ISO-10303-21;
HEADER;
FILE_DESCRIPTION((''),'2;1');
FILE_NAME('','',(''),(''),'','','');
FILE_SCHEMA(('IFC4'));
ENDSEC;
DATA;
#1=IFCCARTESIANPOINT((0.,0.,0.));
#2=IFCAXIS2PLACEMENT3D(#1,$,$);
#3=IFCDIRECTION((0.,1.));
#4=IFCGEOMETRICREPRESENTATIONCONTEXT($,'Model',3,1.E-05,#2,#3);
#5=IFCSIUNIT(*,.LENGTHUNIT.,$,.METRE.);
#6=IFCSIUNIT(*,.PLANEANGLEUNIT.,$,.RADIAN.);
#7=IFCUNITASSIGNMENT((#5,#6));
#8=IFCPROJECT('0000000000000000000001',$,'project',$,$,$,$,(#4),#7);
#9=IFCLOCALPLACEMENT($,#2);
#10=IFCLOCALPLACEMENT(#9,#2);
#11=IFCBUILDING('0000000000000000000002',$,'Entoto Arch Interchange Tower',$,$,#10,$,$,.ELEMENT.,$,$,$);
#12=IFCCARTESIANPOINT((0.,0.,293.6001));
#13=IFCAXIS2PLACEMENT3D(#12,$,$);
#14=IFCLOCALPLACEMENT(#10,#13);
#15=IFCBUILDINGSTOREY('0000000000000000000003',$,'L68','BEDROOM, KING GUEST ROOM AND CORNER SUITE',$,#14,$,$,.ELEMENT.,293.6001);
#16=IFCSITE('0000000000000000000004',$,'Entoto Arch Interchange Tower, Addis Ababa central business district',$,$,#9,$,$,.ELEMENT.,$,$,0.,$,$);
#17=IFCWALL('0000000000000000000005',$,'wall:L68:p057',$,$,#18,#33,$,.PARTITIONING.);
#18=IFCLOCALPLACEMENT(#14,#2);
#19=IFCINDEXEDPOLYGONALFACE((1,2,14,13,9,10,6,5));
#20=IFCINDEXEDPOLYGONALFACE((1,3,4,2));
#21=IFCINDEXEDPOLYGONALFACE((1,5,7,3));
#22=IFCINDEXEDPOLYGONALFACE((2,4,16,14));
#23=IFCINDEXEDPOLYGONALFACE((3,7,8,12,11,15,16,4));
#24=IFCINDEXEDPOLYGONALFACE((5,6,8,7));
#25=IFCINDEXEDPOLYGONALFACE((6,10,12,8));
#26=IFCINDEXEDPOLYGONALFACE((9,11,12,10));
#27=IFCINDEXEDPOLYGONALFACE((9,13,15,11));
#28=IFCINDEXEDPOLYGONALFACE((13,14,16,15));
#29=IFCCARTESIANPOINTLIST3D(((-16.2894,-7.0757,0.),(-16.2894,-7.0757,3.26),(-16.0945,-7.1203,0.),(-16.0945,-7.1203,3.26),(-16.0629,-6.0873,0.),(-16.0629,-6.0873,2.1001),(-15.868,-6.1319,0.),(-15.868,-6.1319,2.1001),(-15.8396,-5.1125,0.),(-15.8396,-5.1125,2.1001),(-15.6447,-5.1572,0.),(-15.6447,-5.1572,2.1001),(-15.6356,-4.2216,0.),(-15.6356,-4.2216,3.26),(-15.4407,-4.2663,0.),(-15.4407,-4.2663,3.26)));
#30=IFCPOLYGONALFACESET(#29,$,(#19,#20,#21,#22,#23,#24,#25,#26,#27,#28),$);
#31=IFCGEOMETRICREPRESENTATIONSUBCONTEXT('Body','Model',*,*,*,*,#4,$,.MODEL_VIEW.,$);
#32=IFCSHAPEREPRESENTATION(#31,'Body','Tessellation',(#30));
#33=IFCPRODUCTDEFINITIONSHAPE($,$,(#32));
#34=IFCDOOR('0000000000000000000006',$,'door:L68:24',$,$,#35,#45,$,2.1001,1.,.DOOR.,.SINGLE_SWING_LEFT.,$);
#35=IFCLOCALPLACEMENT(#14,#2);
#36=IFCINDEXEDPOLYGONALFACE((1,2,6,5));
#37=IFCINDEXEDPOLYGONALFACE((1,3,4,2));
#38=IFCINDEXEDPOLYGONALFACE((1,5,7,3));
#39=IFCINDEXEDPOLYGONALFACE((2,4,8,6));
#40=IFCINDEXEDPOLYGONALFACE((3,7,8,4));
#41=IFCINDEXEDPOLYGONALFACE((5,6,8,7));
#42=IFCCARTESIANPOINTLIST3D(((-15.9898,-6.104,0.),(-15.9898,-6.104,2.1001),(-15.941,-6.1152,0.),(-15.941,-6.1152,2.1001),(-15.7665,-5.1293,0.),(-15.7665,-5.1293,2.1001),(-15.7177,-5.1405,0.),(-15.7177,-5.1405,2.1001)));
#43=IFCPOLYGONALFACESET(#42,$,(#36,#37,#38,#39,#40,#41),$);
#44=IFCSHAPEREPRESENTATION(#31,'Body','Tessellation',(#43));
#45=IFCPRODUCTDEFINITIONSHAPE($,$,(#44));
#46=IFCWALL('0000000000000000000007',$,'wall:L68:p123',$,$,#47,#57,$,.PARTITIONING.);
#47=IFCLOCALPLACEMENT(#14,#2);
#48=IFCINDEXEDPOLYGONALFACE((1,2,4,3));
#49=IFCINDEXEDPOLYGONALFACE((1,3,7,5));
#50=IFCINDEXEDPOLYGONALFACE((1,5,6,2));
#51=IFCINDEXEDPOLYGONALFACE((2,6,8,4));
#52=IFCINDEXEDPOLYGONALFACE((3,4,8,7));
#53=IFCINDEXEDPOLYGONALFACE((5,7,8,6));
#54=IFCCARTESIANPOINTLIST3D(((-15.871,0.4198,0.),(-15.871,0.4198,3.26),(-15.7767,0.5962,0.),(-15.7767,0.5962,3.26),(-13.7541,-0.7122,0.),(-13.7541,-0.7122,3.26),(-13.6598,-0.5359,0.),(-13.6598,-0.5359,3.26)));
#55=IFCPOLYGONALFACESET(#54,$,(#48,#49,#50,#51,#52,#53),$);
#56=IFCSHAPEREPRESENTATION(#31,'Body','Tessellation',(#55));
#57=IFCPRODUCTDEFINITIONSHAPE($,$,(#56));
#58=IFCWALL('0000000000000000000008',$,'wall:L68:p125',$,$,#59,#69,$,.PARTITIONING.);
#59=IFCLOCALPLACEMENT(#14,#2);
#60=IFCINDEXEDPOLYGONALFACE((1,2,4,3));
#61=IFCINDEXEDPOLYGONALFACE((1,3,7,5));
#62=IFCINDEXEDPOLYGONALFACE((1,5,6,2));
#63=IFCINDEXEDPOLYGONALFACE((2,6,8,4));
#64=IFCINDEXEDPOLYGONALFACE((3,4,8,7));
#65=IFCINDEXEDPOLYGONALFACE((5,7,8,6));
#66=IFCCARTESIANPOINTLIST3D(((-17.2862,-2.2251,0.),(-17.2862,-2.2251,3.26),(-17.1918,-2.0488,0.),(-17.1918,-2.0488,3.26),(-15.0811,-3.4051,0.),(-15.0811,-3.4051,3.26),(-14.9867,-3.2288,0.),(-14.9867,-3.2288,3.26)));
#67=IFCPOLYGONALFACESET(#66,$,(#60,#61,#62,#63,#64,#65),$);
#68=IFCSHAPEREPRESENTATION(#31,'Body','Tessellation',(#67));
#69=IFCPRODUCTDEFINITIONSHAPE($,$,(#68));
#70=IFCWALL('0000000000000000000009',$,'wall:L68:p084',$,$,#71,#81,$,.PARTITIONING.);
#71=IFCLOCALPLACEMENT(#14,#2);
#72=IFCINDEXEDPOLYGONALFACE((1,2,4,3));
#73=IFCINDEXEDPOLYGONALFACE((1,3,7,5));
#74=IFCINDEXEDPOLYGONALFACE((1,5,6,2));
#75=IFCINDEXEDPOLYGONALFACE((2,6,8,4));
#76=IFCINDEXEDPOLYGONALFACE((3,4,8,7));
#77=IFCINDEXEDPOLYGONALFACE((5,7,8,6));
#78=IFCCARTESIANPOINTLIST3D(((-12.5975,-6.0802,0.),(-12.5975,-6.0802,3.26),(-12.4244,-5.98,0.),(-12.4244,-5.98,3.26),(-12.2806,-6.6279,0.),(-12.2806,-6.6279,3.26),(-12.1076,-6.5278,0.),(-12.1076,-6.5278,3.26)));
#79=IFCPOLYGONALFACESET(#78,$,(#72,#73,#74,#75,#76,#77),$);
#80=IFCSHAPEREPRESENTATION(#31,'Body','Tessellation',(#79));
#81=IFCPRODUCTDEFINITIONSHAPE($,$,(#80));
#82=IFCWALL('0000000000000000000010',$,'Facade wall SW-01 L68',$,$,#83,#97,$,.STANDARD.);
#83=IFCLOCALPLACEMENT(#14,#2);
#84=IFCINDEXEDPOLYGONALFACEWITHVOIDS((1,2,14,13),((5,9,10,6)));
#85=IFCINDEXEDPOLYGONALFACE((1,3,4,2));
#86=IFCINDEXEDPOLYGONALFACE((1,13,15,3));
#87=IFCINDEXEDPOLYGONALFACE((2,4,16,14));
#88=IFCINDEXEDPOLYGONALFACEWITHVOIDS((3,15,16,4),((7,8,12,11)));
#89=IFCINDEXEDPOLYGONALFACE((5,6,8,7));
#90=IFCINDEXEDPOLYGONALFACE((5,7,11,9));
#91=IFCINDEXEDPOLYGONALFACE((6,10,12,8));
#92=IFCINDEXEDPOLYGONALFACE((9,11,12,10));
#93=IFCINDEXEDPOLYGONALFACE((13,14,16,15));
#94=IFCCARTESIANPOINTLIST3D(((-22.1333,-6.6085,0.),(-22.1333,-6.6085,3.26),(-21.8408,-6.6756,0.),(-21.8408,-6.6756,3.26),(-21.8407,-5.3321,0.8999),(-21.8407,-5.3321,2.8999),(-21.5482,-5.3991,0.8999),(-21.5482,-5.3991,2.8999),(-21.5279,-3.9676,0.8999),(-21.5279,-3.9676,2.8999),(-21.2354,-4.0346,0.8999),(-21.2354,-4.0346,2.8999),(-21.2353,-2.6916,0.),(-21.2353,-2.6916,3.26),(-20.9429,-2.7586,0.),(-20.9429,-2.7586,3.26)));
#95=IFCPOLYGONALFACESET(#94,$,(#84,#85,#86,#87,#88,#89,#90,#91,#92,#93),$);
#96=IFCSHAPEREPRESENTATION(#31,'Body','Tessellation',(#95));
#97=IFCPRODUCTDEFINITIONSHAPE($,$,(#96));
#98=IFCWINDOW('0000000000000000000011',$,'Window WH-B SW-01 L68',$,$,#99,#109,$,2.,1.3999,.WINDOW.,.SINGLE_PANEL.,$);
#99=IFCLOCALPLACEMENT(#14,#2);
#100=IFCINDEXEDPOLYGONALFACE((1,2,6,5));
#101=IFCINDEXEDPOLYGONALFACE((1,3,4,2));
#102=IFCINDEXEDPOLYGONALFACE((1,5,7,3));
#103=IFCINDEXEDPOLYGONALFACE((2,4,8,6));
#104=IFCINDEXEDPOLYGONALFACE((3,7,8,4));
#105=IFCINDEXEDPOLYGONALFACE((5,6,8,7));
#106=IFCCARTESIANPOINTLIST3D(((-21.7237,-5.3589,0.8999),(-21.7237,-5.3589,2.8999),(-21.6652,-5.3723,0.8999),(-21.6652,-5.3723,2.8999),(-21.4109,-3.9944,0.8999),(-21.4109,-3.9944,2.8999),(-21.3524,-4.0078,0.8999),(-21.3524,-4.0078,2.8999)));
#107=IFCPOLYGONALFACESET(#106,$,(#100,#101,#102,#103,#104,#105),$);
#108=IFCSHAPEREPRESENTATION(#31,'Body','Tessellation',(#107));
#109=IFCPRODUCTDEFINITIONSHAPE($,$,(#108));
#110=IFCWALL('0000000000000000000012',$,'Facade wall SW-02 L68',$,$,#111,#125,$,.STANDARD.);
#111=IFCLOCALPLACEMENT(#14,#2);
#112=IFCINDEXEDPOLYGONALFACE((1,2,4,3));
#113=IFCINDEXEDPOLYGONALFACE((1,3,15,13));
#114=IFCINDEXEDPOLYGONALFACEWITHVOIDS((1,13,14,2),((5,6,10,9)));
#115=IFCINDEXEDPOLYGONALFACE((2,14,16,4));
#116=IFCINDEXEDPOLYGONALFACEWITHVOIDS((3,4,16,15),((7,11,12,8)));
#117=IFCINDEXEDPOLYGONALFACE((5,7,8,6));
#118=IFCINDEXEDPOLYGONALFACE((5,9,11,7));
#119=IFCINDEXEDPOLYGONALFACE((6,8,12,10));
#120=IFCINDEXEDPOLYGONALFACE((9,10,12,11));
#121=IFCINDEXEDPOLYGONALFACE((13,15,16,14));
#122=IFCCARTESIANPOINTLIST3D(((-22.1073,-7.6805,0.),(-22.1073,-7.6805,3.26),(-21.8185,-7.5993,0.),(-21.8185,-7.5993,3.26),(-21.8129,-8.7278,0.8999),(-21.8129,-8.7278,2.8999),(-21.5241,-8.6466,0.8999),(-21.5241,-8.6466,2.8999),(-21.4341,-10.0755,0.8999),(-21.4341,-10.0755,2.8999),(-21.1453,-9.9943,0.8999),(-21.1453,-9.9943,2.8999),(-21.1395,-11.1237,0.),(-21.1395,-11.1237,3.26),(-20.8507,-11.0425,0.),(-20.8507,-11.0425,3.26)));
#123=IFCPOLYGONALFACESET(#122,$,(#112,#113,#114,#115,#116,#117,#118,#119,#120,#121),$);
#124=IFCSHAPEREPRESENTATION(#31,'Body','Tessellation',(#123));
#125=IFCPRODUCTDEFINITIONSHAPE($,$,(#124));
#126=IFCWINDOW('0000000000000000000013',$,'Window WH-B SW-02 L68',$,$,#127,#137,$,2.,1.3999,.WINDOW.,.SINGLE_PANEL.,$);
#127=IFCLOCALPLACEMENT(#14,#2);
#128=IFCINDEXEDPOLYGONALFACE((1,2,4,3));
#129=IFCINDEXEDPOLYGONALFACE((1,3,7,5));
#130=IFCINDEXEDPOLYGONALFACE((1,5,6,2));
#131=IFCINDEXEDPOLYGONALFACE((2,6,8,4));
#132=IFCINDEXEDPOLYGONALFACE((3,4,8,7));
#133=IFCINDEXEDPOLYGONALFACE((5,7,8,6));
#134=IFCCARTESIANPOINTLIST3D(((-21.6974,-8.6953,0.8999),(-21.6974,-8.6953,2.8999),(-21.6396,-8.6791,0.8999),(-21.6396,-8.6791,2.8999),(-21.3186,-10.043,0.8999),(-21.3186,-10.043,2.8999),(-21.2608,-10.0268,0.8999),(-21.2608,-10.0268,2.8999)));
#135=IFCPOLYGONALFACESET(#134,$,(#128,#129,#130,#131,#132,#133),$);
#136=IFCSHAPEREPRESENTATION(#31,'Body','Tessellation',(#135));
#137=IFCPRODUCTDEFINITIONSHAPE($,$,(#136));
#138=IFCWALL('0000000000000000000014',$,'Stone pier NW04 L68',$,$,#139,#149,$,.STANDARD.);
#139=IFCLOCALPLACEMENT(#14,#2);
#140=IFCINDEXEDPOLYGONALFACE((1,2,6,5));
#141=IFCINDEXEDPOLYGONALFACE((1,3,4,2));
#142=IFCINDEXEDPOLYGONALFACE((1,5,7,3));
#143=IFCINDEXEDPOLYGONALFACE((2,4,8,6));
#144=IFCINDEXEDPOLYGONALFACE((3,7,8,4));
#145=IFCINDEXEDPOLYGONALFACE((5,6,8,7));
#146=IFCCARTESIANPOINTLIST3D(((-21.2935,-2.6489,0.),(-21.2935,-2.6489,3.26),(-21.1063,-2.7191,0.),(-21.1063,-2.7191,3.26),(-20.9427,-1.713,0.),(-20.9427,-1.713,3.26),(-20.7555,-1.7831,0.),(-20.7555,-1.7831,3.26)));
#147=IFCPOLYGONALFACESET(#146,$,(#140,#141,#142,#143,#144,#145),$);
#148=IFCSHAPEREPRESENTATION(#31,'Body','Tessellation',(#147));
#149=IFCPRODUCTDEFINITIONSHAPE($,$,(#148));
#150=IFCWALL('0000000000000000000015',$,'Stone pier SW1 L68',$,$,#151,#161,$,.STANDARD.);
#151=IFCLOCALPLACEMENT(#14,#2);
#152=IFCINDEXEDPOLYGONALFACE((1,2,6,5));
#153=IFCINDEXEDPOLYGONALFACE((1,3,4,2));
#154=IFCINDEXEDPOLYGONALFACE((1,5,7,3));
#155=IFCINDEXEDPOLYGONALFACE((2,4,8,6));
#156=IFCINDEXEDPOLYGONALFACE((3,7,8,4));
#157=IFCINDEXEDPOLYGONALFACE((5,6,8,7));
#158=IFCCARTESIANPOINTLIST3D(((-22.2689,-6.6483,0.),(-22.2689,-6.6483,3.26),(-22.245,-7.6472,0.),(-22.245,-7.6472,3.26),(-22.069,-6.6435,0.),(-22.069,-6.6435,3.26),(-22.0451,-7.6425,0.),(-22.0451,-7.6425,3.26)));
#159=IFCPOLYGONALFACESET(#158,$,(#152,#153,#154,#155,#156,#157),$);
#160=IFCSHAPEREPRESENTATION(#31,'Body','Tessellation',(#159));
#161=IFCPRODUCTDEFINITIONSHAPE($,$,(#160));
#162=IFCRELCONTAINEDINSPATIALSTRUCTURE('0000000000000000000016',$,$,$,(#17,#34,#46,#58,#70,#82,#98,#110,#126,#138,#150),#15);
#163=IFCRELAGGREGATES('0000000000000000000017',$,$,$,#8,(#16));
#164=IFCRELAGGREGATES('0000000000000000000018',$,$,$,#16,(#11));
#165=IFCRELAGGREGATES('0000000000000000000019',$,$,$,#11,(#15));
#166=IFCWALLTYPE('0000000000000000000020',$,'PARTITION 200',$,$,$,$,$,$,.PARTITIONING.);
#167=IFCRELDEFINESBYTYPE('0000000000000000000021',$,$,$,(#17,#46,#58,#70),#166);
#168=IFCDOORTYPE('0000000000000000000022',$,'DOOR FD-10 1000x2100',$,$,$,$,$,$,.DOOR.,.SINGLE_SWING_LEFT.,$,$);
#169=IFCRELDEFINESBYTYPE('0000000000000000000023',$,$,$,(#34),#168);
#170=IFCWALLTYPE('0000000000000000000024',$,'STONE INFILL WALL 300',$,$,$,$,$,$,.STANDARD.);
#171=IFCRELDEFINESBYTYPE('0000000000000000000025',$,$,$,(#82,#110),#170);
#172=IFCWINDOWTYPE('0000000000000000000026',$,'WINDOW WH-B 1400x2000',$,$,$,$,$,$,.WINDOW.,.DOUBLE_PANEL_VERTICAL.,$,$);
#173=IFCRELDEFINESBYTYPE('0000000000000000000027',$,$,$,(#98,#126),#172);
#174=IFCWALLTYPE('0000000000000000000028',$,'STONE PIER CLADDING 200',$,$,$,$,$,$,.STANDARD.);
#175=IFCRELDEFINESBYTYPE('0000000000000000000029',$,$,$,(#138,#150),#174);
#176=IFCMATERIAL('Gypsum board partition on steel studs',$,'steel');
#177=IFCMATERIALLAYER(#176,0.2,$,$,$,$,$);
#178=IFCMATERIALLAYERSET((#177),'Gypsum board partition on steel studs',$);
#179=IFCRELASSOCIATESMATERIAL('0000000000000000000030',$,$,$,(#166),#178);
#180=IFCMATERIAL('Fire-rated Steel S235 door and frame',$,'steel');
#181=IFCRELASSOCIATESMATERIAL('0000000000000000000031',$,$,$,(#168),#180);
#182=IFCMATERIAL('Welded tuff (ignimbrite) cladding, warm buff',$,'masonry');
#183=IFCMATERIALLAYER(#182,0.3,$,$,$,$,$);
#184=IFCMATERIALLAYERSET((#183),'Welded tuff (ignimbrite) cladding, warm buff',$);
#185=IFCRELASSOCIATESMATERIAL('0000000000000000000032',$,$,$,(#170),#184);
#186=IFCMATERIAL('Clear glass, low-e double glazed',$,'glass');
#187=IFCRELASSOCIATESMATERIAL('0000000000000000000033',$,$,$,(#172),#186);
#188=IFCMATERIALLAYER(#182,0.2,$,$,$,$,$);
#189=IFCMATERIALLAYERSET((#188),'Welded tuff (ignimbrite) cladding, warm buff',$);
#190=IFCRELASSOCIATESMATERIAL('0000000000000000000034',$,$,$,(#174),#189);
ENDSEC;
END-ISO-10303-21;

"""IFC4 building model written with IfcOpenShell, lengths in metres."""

from ifc_helpers import new_model, si_unit, direction, frame, frame_2d, origin, place, context, subcontext, project, spatial, rectangle, extrude, material, layer, layer_set, type_object, element, fill, save


model = new_model("IFC4")

# Units and contexts
model_context = context("Model", 3, precision=1e-05, world=origin(), true_north=direction((0.0, 1.0)))
body_context = subcontext(model_context, "Body", "Model", "MODEL_VIEW")
ifc_project = project(units=[si_unit("LENGTHUNIT", "METRE"), si_unit("PLANEANGLEUNIT", "RADIAN")], contexts=[model_context])

# Site, building, storey
site_placement = place(None, origin())
site = spatial("IfcSite", under=ifc_project, at=site_placement, Name="Entoto Arch Interchange Tower, Addis Ababa central business district", CompositionType="ELEMENT", RefElevation=0.0)
building_placement = place(site_placement, origin())
building = spatial("IfcBuilding", under=site, at=building_placement, Name="Entoto Arch Interchange Tower", CompositionType="ELEMENT")
storey_placement = place(building_placement, frame((0.0, 0.0, 293.6001)))
storey = spatial("IfcBuildingStorey", under=building, at=storey_placement, Name="L68", Description="BEDROOM, KING GUEST ROOM AND CORNER SUITE", CompositionType="ELEMENT", Elevation=293.6001)

# Shared definitions
ifc_material_1 = material(Name="Gypsum board partition on steel studs", Category="steel")
ifc_layer_1 = layer(ifc_material_1, 0.2)
ifc_layer_set_1 = layer_set([ifc_layer_1], Name="Gypsum board partition on steel studs")
wall_type_1 = type_object("IfcWallType", Name="PARTITION 200", PredefinedType="PARTITIONING", material=ifc_layer_set_1)

# Shared definitions
ifc_material_2 = material(Name="Fire-rated Steel S235 door and frame", Category="steel")
door_type = type_object("IfcDoorType", Name="DOOR FD-10 1000x2100", OperationType="SINGLE_SWING_LEFT", PredefinedType="DOOR", material=ifc_material_2)

# Wall, opening, door
wall_1_placement = place(storey_placement, frame((-16.1919, -7.0979, 0.0), z_axis=(0.0, 0.0, 1.0), x_axis=(0.2233, 0.97475, 0.0)))
wall_1 = element("IfcWall", 1, at=wall_1_placement, inside=storey, type_object=wall_type_1, Name="wall:L68:p057", PredefinedType="PARTITIONING", context=body_context, shape_type="SweptSolid", body=[
    extrude(rectangle(XDim=2.928, YDim=0.2, at=frame_2d((1.4639, 0.0))), origin(), (0.0, 0.0, 1.0), 3.26),
])
opening_1_placement = place(wall_1_placement, frame((1.0139, 0.0, 0.0)))
opening_1 = element("IfcOpeningElement", 2, at=opening_1_placement, cuts=wall_1, PredefinedType="OPENING", context=body_context, shape_type="SweptSolid", body=[
    extrude(rectangle(XDim=1.0, YDim=2.1001, at=frame_2d((0.5, 1.05))), frame((0.0, 0.1099, 0.0), z_axis=(0.0, -1.0, 0.0), x_axis=(1.0, 0.0, 0.0)), (0.0, 0.0, 1.0), 0.22),
])
door_1_placement = place(opening_1_placement, origin())
door_1 = element("IfcDoor", 3, at=door_1_placement, inside=storey, type_object=door_type, Name="door:L68:24", OperationType="SINGLE_SWING_LEFT", OverallHeight=2.1001, OverallWidth=1.0, PredefinedType="DOOR", context=body_context, shape_type="SweptSolid", body=[
    extrude(rectangle(XDim=1.0, YDim=2.1001, at=frame_2d((0.5, 1.05))), frame((0.0, 0.0249, 0.0), z_axis=(0.0, -1.0, 0.0), x_axis=(1.0, 0.0, 0.0)), (0.0, 0.0, 1.0), 0.05),
])
fill(opening_1, door_1)

# Walls
wall_2_placement = place(storey_placement, frame((-13.707, -0.624, 0.0), z_axis=(0.0, 0.0, 1.0), x_axis=(-0.881826, 0.471575, 0.0)))
element("IfcWall", 4, at=wall_2_placement, inside=storey, type_object=wall_type_1, Name="wall:L68:p123", PredefinedType="PARTITIONING", context=body_context, shape_type="SweptSolid", body=[
    extrude(rectangle(XDim=2.4006, YDim=0.2, at=frame_2d((1.2002, 0.0))), origin(), (0.0, 0.0, 1.0), 3.26),
])
wall_3_placement = place(storey_placement, frame((-17.239, -2.137, 0.0), z_axis=(0.0, 0.0, 1.0), x_axis=(0.881706, -0.471799, 0.0)))
element("IfcWall", 5, at=wall_3_placement, inside=storey, type_object=wall_type_1, Name="wall:L68:p125", PredefinedType="PARTITIONING", context=body_context, shape_type="SweptSolid", body=[
    extrude(rectangle(XDim=2.501, YDim=0.2, at=frame_2d((1.2505, 0.0))), origin(), (0.0, 0.0, 1.0), 3.26),
])
wall_4_placement = place(storey_placement, frame((-12.1941, -6.5779, 0.0), z_axis=(0.0, 0.0, 1.0), x_axis=(-0.500702, 0.86562, 0.0)))
element("IfcWall", 6, at=wall_4_placement, inside=storey, type_object=wall_type_1, Name="wall:L68:p084", PredefinedType="PARTITIONING", context=body_context, shape_type="SweptSolid", body=[
    extrude(rectangle(XDim=0.6328, YDim=0.2, at=frame_2d((0.3164, 0.0))), origin(), (0.0, 0.0, 1.0), 3.26),
])

# Walls, openings, windows
ifc_material_3 = material(Name="Welded tuff (ignimbrite) cladding, warm buff", Category="masonry")
ifc_layer_2 = layer(ifc_material_3, 0.3)
ifc_layer_set_2 = layer_set([ifc_layer_2], Name="Welded tuff (ignimbrite) cladding, warm buff")
wall_type_2 = type_object("IfcWallType", Name="STONE INFILL WALL 300", PredefinedType="STANDARD", material=ifc_layer_set_2)
wall_5_placement = place(storey_placement, frame((-21.0891, -2.7251, 0.0), z_axis=(0.0, 0.0, 1.0), x_axis=(-0.223448, -0.974716, 0.0)))
wall_5 = element("IfcWall", 7, at=wall_5_placement, inside=storey, type_object=wall_type_2, Name="Facade wall SW-01 L68", PredefinedType="STANDARD", context=body_context, shape_type="SweptSolid", body=[
    extrude(rectangle(XDim=4.0186, YDim=0.3, at=frame_2d((2.0093, 0.0))), origin(), (0.0, 0.0, 1.0), 3.26),
])
opening_2_placement = place(wall_5_placement, frame((1.3091, 0.0, 0.8999)))
opening_2 = element("IfcOpeningElement", 8, at=opening_2_placement, cuts=wall_5, PredefinedType="OPENING", context=body_context, shape_type="SweptSolid", body=[
    extrude(rectangle(XDim=1.3999, YDim=2.0, at=frame_2d((0.7, 1.0))), frame((0.0, 0.1602, 0.0), z_axis=(0.0, -1.0, 0.0), x_axis=(1.0, 0.0, 0.0)), (0.0, 0.0, 1.0), 0.3201),
])
ifc_material_4 = material(Name="Clear glass, low-e double glazed", Category="glass")
window_type = type_object("IfcWindowType", Name="WINDOW WH-B 1400x2000", PartitioningType="DOUBLE_PANEL_VERTICAL", PredefinedType="WINDOW", material=ifc_material_4)
window_1_placement = place(opening_2_placement, origin())
window_1 = element("IfcWindow", 9, at=window_1_placement, inside=storey, type_object=window_type, Name="Window WH-B SW-01 L68", OverallHeight=2.0, OverallWidth=1.3999, PartitioningType="SINGLE_PANEL", PredefinedType="WINDOW", context=body_context, shape_type="SweptSolid", body=[
    extrude(rectangle(XDim=1.3999, YDim=2.0, at=frame_2d((0.7, 1.0))), frame((0.0, 0.03, 0.0), z_axis=(0.0, -1.0, 0.0), x_axis=(1.0, 0.0, 0.0)), (0.0, 0.0, 1.0), 0.0601),
])
fill(opening_2, window_1)
wall_6_placement = place(storey_placement, frame((-21.9629, -7.6399, 0.0), z_axis=(0.0, 0.0, 1.0), x_axis=(0.270589, -0.962695, 0.0)))
wall_6 = element("IfcWall", 10, at=wall_6_placement, inside=storey, type_object=wall_type_2, Name="Facade wall SW-02 L68", PredefinedType="STANDARD", context=body_context, shape_type="SweptSolid", body=[
    extrude(rectangle(XDim=3.5767, YDim=0.3, at=frame_2d((1.7883, 0.0))), origin(), (0.0, 0.0, 1.0), 3.26),
])
opening_3_placement = place(wall_6_placement, frame((1.0879, 0.0, 0.8999)))
opening_3 = element("IfcOpeningElement", 11, at=opening_3_placement, cuts=wall_6, PredefinedType="OPENING", context=body_context, shape_type="SweptSolid", body=[
    extrude(rectangle(XDim=1.3999, YDim=2.0, at=frame_2d((0.7, 1.0))), frame((0.0, 0.1602, 0.0), z_axis=(0.0, -1.0, 0.0), x_axis=(1.0, 0.0, 0.0)), (0.0, 0.0, 1.0), 0.3201),
])
window_2_placement = place(opening_3_placement, origin())
window_2 = element("IfcWindow", 12, at=window_2_placement, inside=storey, type_object=window_type, Name="Window WH-B SW-02 L68", OverallHeight=2.0, OverallWidth=1.3999, PartitioningType="SINGLE_PANEL", PredefinedType="WINDOW", context=body_context, shape_type="SweptSolid", body=[
    extrude(rectangle(XDim=1.3999, YDim=2.0, at=frame_2d((0.7, 1.0))), frame((0.0, 0.03, 0.0), z_axis=(0.0, -1.0, 0.0), x_axis=(1.0, 0.0, 0.0)), (0.0, 0.0, 1.0), 0.0601),
])
fill(opening_3, window_2)

# Walls
ifc_layer_3 = layer(ifc_material_3, 0.2)
ifc_layer_set_3 = layer_set([ifc_layer_3], Name="Welded tuff (ignimbrite) cladding, warm buff")
wall_type_3 = type_object("IfcWallType", Name="STONE PIER CLADDING 200", PredefinedType="STANDARD", material=ifc_layer_set_3)
wall_7_placement = place(storey_placement, frame((-20.8491, -1.748, 0.0), z_axis=(0.0, 0.0, 1.0), x_axis=(-0.350963, -0.936389, 0.0)))
element("IfcWall", 13, at=wall_7_placement, inside=storey, type_object=wall_type_3, Name="Stone pier NW04 L68", PredefinedType="STANDARD", context=body_context, shape_type="SweptSolid", body=[
    extrude(rectangle(XDim=0.9995, YDim=0.2, at=frame_2d((0.4998, 0.0))), origin(), (0.0, 0.0, 1.0), 3.26),
])
wall_8_placement = place(storey_placement, frame((-22.1689, -6.646, 0.0), z_axis=(0.0, 0.0, 1.0), x_axis=(0.023942, -0.999713, 0.0)))
element("IfcWall", 14, at=wall_8_placement, inside=storey, type_object=wall_type_3, Name="Stone pier SW1 L68", PredefinedType="STANDARD", context=body_context, shape_type="SweptSolid", body=[
    extrude(rectangle(XDim=0.9993, YDim=0.2, at=frame_2d((0.4995, 0.0))), origin(), (0.0, 0.0, 1.0), 3.26),
])

save(model, "model.ifc")
